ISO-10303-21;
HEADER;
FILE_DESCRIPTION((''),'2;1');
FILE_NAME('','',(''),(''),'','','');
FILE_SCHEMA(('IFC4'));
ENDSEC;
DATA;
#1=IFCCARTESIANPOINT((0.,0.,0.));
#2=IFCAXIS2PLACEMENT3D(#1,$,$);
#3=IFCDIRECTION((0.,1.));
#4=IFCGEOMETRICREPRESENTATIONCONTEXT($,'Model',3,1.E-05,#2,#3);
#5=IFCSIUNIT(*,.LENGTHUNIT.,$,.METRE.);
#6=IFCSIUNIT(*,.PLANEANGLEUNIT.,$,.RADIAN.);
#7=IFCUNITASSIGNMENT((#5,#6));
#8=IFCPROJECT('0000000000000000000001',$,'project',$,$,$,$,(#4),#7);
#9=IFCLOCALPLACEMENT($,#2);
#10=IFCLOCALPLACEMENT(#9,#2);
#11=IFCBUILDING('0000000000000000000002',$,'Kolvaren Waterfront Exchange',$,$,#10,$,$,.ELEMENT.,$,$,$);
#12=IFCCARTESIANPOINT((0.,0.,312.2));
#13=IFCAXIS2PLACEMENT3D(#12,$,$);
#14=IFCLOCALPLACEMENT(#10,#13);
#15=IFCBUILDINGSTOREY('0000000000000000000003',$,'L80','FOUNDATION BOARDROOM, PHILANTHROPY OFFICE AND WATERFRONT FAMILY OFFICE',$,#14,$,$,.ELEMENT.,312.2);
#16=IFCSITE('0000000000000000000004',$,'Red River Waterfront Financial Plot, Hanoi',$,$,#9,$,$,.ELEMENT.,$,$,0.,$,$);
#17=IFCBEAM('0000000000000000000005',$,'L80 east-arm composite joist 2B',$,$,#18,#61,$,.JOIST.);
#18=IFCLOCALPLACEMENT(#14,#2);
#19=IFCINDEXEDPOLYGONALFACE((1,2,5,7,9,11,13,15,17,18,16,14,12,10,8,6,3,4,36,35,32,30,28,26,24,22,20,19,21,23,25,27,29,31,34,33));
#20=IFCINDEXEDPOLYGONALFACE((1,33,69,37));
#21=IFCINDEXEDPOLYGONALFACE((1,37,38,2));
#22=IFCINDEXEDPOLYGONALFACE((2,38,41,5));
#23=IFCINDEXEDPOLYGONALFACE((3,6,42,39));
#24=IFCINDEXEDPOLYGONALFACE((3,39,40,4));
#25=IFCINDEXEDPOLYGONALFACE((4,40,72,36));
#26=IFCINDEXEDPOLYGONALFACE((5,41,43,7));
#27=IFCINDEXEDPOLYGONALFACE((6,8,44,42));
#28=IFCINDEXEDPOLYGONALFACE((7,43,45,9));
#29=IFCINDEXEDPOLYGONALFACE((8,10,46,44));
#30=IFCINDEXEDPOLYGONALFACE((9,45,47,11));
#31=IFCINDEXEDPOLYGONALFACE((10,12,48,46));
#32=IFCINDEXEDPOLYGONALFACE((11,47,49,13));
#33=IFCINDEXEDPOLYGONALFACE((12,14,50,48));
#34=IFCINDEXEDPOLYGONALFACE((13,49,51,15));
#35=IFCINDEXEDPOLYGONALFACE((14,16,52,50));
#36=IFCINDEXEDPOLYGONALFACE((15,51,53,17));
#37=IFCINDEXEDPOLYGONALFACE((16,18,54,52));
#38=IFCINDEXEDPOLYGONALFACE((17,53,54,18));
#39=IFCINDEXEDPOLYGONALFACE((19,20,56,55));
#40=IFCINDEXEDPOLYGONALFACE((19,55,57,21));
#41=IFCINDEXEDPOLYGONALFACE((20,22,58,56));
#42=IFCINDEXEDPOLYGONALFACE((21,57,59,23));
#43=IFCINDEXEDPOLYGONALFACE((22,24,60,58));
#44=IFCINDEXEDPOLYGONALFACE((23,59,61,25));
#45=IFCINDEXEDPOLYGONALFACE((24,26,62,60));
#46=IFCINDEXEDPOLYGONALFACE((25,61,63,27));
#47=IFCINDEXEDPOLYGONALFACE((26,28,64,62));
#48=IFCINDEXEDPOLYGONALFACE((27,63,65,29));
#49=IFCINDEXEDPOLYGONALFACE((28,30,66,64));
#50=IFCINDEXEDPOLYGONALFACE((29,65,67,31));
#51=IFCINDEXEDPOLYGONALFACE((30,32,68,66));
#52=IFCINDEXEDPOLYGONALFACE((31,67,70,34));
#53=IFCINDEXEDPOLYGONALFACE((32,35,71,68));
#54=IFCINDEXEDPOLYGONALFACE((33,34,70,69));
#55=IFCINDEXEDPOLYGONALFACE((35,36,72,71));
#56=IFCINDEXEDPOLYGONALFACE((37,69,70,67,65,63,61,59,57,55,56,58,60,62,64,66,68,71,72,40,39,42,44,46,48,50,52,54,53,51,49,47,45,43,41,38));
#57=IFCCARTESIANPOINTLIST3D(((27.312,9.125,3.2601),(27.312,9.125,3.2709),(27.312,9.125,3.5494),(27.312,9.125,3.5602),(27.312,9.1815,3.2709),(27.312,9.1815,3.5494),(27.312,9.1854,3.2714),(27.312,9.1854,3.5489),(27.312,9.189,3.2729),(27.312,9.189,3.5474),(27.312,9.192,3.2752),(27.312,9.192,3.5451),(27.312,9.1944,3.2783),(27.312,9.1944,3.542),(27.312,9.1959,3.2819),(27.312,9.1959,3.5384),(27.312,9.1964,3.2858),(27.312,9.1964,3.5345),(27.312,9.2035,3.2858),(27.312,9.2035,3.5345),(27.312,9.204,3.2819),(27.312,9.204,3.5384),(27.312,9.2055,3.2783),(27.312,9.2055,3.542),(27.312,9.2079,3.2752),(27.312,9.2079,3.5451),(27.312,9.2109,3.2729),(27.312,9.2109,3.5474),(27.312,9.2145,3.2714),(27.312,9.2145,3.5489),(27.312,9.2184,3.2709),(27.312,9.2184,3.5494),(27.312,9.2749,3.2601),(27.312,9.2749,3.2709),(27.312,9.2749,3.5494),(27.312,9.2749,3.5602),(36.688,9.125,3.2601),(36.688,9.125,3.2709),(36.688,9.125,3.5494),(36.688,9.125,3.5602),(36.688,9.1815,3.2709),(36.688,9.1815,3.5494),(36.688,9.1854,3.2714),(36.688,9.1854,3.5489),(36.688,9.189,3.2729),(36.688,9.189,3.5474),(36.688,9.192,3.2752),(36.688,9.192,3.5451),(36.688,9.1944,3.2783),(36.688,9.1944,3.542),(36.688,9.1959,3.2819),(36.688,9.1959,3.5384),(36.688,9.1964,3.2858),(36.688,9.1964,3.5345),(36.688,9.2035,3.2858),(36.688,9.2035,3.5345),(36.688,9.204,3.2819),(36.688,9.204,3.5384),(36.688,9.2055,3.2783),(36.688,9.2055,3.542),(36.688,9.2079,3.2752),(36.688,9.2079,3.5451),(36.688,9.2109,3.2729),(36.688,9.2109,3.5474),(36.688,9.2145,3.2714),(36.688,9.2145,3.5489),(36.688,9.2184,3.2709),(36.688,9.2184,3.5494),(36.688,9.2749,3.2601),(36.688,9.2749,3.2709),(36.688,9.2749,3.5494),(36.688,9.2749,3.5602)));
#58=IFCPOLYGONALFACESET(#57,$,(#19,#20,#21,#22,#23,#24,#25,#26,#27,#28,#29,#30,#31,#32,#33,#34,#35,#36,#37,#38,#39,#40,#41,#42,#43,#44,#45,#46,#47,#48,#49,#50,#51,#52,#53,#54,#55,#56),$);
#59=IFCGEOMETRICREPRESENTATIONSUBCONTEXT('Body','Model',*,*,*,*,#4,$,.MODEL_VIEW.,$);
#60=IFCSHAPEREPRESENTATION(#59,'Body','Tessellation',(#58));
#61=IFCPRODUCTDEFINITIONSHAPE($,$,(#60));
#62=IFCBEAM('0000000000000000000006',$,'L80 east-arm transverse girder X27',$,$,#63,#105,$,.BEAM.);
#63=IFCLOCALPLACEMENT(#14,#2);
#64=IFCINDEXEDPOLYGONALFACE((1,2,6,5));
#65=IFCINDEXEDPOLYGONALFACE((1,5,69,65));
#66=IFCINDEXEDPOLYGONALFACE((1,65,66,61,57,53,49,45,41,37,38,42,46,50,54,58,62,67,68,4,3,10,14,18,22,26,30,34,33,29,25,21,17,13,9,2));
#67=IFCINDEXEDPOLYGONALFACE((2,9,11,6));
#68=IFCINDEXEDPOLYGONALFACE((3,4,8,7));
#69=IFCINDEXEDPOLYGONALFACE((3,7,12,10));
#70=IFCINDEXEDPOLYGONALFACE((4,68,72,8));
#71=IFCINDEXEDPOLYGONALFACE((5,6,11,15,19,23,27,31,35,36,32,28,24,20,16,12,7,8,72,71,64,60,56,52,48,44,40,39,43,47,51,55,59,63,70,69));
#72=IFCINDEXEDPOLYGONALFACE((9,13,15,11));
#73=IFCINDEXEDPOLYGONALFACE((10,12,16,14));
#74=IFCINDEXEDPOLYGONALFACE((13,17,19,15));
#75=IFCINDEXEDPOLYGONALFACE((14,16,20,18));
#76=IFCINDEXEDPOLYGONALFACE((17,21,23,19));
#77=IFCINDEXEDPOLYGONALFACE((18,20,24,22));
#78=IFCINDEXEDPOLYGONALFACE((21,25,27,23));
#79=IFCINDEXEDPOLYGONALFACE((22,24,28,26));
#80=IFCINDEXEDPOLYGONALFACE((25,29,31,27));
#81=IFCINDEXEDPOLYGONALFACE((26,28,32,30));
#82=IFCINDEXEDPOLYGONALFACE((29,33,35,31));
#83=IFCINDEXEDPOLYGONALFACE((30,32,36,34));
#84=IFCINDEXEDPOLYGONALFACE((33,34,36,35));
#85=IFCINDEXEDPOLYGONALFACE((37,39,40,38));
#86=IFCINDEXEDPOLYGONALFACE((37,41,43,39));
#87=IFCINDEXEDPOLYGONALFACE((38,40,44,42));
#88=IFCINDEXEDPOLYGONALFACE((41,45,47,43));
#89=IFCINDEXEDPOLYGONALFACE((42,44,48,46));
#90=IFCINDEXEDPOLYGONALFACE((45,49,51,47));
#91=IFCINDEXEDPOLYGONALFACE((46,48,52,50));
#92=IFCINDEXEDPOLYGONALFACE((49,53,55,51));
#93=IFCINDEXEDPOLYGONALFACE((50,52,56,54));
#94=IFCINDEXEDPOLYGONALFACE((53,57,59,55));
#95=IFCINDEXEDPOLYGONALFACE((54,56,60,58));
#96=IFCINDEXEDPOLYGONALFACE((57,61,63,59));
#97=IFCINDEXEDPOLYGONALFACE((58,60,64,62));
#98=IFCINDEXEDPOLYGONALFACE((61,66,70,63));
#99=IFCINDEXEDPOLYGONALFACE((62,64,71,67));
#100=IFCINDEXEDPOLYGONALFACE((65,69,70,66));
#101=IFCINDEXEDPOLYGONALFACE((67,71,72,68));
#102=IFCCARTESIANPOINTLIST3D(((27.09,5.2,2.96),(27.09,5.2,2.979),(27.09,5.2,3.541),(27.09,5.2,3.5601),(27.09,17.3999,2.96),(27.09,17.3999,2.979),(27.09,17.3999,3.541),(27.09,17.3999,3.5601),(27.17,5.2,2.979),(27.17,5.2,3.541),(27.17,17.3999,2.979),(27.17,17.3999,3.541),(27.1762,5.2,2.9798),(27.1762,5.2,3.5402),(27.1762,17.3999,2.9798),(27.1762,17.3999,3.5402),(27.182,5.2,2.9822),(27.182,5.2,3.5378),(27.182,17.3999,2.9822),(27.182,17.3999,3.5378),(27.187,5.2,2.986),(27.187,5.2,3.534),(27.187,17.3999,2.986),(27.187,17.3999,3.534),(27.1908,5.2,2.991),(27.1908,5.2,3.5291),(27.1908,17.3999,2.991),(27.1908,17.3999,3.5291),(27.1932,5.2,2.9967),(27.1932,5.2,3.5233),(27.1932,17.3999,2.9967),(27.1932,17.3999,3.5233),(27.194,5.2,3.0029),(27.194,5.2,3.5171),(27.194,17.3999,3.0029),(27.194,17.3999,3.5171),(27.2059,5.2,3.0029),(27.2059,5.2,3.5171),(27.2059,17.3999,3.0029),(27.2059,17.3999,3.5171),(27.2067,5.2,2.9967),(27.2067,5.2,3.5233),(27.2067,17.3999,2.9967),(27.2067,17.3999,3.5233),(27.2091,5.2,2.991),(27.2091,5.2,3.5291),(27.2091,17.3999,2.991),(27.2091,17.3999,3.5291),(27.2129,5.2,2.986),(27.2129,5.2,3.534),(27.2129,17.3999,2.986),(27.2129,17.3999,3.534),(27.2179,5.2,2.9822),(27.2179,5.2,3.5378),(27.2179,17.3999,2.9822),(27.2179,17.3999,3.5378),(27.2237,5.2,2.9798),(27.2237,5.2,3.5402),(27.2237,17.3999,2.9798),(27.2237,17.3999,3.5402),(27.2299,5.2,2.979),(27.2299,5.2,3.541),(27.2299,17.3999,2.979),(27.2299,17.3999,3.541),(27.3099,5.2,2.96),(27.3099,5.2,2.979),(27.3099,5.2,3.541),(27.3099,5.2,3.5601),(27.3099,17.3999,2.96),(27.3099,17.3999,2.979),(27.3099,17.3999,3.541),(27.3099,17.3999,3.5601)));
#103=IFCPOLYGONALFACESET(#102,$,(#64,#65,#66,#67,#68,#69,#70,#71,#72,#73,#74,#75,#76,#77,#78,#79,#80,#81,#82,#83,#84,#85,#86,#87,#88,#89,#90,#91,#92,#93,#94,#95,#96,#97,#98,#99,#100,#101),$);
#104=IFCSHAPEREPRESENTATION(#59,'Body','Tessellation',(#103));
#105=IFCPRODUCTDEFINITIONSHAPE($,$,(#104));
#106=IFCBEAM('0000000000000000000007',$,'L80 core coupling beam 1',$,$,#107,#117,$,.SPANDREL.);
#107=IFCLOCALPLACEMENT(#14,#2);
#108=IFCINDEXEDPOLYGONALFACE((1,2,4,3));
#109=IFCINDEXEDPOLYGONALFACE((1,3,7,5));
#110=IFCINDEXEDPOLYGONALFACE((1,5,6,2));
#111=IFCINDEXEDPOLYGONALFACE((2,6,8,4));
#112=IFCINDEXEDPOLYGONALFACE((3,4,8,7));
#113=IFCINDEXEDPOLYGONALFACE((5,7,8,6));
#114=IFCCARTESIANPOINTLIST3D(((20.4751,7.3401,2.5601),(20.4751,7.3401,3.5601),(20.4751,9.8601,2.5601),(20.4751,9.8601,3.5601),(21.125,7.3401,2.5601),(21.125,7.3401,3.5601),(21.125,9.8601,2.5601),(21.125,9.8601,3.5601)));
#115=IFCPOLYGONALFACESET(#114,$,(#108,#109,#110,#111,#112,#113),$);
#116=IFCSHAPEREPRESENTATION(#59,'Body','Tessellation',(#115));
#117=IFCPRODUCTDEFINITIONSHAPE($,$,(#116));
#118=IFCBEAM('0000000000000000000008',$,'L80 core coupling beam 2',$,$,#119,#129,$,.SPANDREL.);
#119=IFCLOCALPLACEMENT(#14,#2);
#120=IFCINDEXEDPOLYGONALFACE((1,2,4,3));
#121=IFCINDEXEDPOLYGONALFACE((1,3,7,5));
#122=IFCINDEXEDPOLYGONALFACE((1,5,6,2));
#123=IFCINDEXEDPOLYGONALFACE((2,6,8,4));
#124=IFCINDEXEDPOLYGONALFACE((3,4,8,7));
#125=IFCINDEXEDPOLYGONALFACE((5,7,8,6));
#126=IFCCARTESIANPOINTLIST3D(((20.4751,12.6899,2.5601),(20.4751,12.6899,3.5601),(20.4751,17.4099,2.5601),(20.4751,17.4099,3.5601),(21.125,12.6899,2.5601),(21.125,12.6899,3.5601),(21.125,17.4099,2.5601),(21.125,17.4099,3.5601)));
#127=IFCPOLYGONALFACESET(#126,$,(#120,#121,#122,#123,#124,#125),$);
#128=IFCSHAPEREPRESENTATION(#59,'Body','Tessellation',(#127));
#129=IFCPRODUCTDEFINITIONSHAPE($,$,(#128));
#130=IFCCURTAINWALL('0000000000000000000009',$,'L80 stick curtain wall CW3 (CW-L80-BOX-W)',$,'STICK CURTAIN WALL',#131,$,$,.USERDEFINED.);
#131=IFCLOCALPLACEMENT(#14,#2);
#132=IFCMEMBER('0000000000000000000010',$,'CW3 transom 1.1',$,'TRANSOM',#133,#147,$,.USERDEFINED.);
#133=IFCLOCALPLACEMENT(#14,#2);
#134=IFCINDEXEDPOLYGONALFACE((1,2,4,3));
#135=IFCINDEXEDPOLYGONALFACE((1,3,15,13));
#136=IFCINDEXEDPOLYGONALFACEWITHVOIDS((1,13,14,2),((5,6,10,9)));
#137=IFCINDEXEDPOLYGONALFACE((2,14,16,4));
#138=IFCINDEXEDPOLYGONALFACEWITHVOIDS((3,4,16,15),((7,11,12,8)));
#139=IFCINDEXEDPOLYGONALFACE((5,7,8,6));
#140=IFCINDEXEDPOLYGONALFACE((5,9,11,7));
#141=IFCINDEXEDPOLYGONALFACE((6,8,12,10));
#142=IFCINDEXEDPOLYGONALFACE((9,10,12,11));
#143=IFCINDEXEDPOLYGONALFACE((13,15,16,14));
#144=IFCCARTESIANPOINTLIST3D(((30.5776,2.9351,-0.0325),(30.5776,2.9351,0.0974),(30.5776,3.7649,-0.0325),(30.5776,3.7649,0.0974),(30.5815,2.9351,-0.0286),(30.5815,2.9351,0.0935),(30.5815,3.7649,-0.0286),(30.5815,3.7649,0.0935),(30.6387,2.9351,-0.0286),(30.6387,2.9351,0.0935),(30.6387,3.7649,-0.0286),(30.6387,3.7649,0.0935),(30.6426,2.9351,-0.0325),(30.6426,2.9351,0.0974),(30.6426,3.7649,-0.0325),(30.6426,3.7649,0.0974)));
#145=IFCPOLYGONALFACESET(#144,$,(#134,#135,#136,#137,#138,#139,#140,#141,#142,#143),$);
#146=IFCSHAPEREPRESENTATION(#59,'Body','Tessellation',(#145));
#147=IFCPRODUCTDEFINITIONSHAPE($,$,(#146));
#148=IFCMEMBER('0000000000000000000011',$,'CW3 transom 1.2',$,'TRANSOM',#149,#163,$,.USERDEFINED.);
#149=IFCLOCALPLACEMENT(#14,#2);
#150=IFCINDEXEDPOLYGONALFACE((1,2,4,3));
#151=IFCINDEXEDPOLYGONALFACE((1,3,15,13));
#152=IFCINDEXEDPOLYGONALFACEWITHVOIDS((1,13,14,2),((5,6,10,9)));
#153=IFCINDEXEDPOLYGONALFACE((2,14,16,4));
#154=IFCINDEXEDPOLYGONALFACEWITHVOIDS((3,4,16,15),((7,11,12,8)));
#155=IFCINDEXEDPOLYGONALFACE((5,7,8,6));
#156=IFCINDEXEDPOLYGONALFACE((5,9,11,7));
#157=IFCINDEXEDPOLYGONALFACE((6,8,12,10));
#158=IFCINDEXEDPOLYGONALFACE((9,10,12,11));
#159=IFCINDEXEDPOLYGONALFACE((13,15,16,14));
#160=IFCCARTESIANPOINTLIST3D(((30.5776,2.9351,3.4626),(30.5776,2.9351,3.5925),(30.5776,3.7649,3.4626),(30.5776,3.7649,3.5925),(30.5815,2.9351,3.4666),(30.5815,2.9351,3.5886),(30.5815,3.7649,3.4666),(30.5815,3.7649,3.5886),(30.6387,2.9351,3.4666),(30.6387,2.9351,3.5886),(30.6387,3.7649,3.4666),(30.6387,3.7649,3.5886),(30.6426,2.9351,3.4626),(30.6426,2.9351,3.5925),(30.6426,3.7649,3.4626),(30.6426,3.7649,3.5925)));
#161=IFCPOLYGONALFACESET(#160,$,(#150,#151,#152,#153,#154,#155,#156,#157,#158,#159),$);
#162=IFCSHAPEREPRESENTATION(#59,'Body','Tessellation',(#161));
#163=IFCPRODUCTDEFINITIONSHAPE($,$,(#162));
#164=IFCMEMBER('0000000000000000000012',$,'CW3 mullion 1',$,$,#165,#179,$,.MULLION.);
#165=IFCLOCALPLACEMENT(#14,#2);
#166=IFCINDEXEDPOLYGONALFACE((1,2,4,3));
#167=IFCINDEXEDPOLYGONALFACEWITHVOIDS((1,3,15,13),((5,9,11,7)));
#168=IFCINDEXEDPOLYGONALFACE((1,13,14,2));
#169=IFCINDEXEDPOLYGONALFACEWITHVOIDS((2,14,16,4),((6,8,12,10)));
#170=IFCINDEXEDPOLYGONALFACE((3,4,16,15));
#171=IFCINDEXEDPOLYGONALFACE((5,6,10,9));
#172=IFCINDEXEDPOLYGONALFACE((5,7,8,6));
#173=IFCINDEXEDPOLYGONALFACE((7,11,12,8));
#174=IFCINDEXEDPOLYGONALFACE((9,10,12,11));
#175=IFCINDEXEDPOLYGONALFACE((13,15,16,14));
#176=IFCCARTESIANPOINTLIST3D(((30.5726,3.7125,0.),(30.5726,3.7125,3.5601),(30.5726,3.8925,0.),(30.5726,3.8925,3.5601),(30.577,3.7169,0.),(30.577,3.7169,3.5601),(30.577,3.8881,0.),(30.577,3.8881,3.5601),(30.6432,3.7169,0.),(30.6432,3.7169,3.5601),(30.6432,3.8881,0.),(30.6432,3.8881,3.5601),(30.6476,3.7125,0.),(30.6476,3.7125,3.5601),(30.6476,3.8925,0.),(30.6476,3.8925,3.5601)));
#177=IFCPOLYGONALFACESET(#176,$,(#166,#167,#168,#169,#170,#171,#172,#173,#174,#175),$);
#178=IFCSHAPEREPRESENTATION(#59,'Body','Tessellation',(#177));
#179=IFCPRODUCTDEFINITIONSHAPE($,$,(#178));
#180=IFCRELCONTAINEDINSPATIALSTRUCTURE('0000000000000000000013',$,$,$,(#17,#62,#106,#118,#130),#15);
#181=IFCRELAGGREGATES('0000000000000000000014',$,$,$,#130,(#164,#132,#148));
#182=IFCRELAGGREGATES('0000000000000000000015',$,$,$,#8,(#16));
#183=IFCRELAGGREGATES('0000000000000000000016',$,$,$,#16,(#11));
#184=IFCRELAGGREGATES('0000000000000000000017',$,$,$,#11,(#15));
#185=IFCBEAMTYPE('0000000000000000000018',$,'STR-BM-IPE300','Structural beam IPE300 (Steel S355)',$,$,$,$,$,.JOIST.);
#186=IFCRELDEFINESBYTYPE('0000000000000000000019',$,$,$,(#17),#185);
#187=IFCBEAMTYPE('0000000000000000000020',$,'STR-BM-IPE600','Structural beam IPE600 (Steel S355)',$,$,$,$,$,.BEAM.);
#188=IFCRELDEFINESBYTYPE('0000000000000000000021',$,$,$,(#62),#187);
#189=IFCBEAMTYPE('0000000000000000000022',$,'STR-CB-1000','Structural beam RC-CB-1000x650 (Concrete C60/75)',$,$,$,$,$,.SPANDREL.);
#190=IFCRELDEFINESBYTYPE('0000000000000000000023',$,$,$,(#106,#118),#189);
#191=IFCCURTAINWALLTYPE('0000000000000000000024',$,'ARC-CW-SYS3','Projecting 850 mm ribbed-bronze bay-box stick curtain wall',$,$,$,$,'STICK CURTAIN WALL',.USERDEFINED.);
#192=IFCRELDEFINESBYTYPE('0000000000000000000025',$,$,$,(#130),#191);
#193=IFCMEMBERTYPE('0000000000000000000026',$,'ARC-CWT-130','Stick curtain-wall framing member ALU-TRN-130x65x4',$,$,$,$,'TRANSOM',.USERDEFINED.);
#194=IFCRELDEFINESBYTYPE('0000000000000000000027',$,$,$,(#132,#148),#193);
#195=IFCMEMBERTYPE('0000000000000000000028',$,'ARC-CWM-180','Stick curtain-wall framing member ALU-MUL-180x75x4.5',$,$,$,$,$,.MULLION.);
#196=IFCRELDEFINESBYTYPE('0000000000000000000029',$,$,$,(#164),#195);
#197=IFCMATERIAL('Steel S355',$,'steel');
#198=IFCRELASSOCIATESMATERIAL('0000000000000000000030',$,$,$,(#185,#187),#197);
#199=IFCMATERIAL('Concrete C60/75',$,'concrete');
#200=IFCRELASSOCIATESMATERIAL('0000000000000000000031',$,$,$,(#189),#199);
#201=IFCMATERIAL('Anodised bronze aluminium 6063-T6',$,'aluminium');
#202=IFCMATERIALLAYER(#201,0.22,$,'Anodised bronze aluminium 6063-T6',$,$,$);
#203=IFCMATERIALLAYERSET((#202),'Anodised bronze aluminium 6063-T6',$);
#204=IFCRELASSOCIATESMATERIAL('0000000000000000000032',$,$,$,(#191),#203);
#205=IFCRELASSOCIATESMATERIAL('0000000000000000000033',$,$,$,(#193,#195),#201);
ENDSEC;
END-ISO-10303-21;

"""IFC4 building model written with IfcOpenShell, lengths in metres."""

from ifc_helpers import new_model, si_unit, direction, frame, origin, origin_with_axes, origin_2d, place, context, subcontext, project, spatial, rectangle, hollow_rectangle, i_section, extrude, source, transform, mapped, material, layer, layer_set, material_profile, profile_set, type_object, element, aggregate, save


model = new_model("IFC4")

# Units and contexts
model_context = context("Model", 3, precision=1e-05, world=origin(), true_north=direction((0.0, 1.0)))
body_context = subcontext(model_context, "Body", "Model", "MODEL_VIEW")
ifc_project = project(units=[si_unit("LENGTHUNIT", "METRE"), si_unit("PLANEANGLEUNIT", "RADIAN")], contexts=[model_context])

# Site, building, storey
site_placement = place(None, origin())
site = spatial("IfcSite", under=ifc_project, at=site_placement, Name="Red River Waterfront Financial Plot, Hanoi", CompositionType="ELEMENT", RefElevation=0.0)
building_placement = place(site_placement, origin())
building = spatial("IfcBuilding", under=site, at=building_placement, Name="Kolvaren Waterfront Exchange", CompositionType="ELEMENT")
storey_placement = place(building_placement, frame((0.0, 0.0, 312.2)))
storey = spatial("IfcBuildingStorey", under=building, at=storey_placement, Name="L80", Description="FOUNDATION BOARDROOM, PHILANTHROPY OFFICE AND WATERFRONT FAMILY OFFICE", CompositionType="ELEMENT", Elevation=312.2)

# Beams
ifc_material_1 = material(Name="Steel S355", Category="steel")
ifc_material_profile_1 = material_profile(ifc_material_1, i_section(OverallWidth=0.1499, OverallDepth=0.3, WebThickness=0.0071, FlangeThickness=0.0107, FilletRadius=0.0149, at=origin_2d()), Name="IPE300")
ifc_profile_set_1 = profile_set([ifc_material_profile_1], Name="Steel S355")
beam_type_1 = type_object("IfcBeamType", Name="STR-BM-IPE300", Description="Structural beam IPE300 (Steel S355)", PredefinedType="JOIST", material=ifc_profile_set_1)
beam_1_placement = place(storey_placement, frame((27.312, 9.2, 3.4102), z_axis=(1.0, 0.0, 0.0), x_axis=(0.0, 1.0, 0.0)))
element("IfcBeam", 1, at=beam_1_placement, inside=storey, type_object=beam_type_1, Name="L80 east-arm composite joist 2B", PredefinedType="JOIST", context=body_context, shape_type="SweptSolid", body=[
    extrude(i_section(OverallWidth=0.1499, OverallDepth=0.3, WebThickness=0.0071, FlangeThickness=0.0107, FilletRadius=0.0149, at=origin_2d()), origin(), (0.0, 0.0, 1.0), 9.376),
])
ifc_material_profile_2 = material_profile(ifc_material_1, i_section(OverallWidth=0.22, OverallDepth=0.6001, WebThickness=0.012, FlangeThickness=0.019, FilletRadius=0.0239, at=origin_2d()), Name="IPE600")
ifc_profile_set_2 = profile_set([ifc_material_profile_2], Name="Steel S355")
beam_type_2 = type_object("IfcBeamType", Name="STR-BM-IPE600", Description="Structural beam IPE600 (Steel S355)", PredefinedType="BEAM", material=ifc_profile_set_2)
beam_2_placement = place(storey_placement, frame((27.2, 5.2, 3.26), z_axis=(0.0, 1.0, 0.0), x_axis=(-1.0, 0.0, 0.0)))
element("IfcBeam", 2, at=beam_2_placement, inside=storey, type_object=beam_type_2, Name="L80 east-arm transverse girder X27", PredefinedType="BEAM", context=body_context, shape_type="SweptSolid", body=[
    extrude(i_section(OverallWidth=0.22, OverallDepth=0.6001, WebThickness=0.012, FlangeThickness=0.019, FilletRadius=0.0239, at=origin_2d()), origin(), (0.0, 0.0, 1.0), 12.2),
])
ifc_material_2 = material(Name="Concrete C60/75", Category="concrete")
ifc_material_profile_3 = material_profile(ifc_material_2, rectangle(XDim=0.6499, YDim=1.0, at=origin_2d()), Name="RC-CB-1000x650")
ifc_profile_set_3 = profile_set([ifc_material_profile_3], Name="Concrete C60/75")
beam_type_3 = type_object("IfcBeamType", Name="STR-CB-1000", Description="Structural beam RC-CB-1000x650 (Concrete C60/75)", PredefinedType="SPANDREL", material=ifc_profile_set_3)
beam_3_placement = place(storey_placement, frame((20.8, 7.3401, 3.0601), z_axis=(0.0, 1.0, 0.0), x_axis=(-1.0, 0.0, 0.0)))
element("IfcBeam", 3, at=beam_3_placement, inside=storey, type_object=beam_type_3, Name="L80 core coupling beam 1", PredefinedType="SPANDREL", context=body_context, shape_type="SweptSolid", body=[
    extrude(rectangle(XDim=0.6499, YDim=1.0, at=origin_2d()), origin(), (0.0, 0.0, 1.0), 2.52),
])
beam_4_placement = place(storey_placement, frame((20.8, 12.6899, 3.0601), z_axis=(0.0, 1.0, 0.0), x_axis=(-1.0, 0.0, 0.0)))
element("IfcBeam", 4, at=beam_4_placement, inside=storey, type_object=beam_type_3, Name="L80 core coupling beam 2", PredefinedType="SPANDREL", context=body_context, shape_type="SweptSolid", body=[
    extrude(rectangle(XDim=0.6499, YDim=1.0, at=origin_2d()), origin(), (0.0, 0.0, 1.0), 4.72),
])

# Curtain wall, members
ifc_material_3 = material(Name="Anodised bronze aluminium 6063-T6", Category="aluminium")
ifc_layer_1 = layer(ifc_material_3, 0.22, Name="Anodised bronze aluminium 6063-T6")
ifc_layer_set_1 = layer_set([ifc_layer_1], Name="Anodised bronze aluminium 6063-T6")
curtain_wall_type_1 = type_object("IfcCurtainWallType", Name="ARC-CW-SYS3", Description="Projecting 850 mm ribbed-bronze bay-box stick curtain wall", ElementType="STICK CURTAIN WALL", PredefinedType="USERDEFINED", material=ifc_layer_set_1)
curtain_wall_1_placement = place(storey_placement, origin())
curtain_wall_1 = element("IfcCurtainWall", 5, at=curtain_wall_1_placement, inside=storey, type_object=curtain_wall_type_1, Name="L80 stick curtain wall CW3 (CW-L80-BOX-W)", ObjectType="STICK CURTAIN WALL", PredefinedType="USERDEFINED")
ifc_material_profile_4 = material_profile(ifc_material_3, hollow_rectangle(XDim=0.0649, YDim=0.1299, WallThickness=0.0039, at=origin_2d()), Name="ALU-TRN-130x65x4")
ifc_profile_set_4 = profile_set([ifc_material_profile_4], Name="Anodised bronze aluminium 6063-T6")
member_type_1 = type_object("IfcMemberType", Name="ARC-CWT-130", Description="Stick curtain-wall framing member ALU-TRN-130x65x4", ElementType="TRANSOM", PredefinedType="USERDEFINED", material=ifc_profile_set_4)
shared_shape_1 = source(origin_with_axes(), body_context, "Body", "SweptSolid", [
    extrude(hollow_rectangle(XDim=0.0649, YDim=0.1299, WallThickness=0.0039, at=origin_2d()), origin(), (0.0, 0.0, 1.0), 0.8298),
])
member_1_placement = place(storey_placement, frame((30.6101, 3.7649, 0.0325), z_axis=(0.0, -1.0, 0.0), x_axis=(1.0, 0.0, 0.0)))
member_1 = element("IfcMember", 6, at=member_1_placement, type_object=member_type_1, Name="CW3 transom 1.1", ObjectType="TRANSOM", PredefinedType="USERDEFINED", context=body_context, shape_type="MappedRepresentation", body=[
    mapped(shared_shape_1, transform((0.0, 0.0, 0.0), x_axis=(1.0, 0.0, 0.0), y_axis=(0.0, 1.0, 0.0), z_axis=(0.0, 0.0, 1.0), scale=1.0)),
])
member_2_placement = place(storey_placement, frame((30.6101, 3.7649, 3.5276), z_axis=(0.0, -1.0, 0.0), x_axis=(1.0, 0.0, 0.0)))
member_2 = element("IfcMember", 7, at=member_2_placement, type_object=member_type_1, Name="CW3 transom 1.2", ObjectType="TRANSOM", PredefinedType="USERDEFINED", context=body_context, shape_type="MappedRepresentation", body=[
    mapped(shared_shape_1, transform((0.0, 0.0, 0.0), x_axis=(1.0, 0.0, 0.0), y_axis=(0.0, 1.0, 0.0), z_axis=(0.0, 0.0, 1.0), scale=1.0)),
])
ifc_material_profile_5 = material_profile(ifc_material_3, hollow_rectangle(XDim=0.075, YDim=0.1799, WallThickness=0.0044, at=origin_2d()), Name="ALU-MUL-180x75x4.5")
ifc_profile_set_5 = profile_set([ifc_material_profile_5], Name="Anodised bronze aluminium 6063-T6")
member_type_2 = type_object("IfcMemberType", Name="ARC-CWM-180", Description="Stick curtain-wall framing member ALU-MUL-180x75x4.5", PredefinedType="MULLION", material=ifc_profile_set_5)
shared_shape_2 = source(origin_with_axes(), body_context, "Body", "SweptSolid", [
    extrude(hollow_rectangle(XDim=0.075, YDim=0.1799, WallThickness=0.0044, at=origin_2d()), origin(), (0.0, 0.0, 1.0), 3.5601),
])
member_3_placement = place(storey_placement, frame((30.6101, 3.8025, 0.0), z_axis=(0.0, 0.0, 1.0), x_axis=(1.0, 0.0, 0.0)))
member_3 = element("IfcMember", 8, at=member_3_placement, type_object=member_type_2, Name="CW3 mullion 1", PredefinedType="MULLION", context=body_context, shape_type="MappedRepresentation", body=[
    mapped(shared_shape_2, transform((0.0, 0.0, 0.0), x_axis=(1.0, 0.0, 0.0), y_axis=(0.0, 1.0, 0.0), z_axis=(0.0, 0.0, 1.0), scale=1.0)),
])

aggregate(curtain_wall_1, [member_3, member_1, member_2])

save(model, "model.ifc")
